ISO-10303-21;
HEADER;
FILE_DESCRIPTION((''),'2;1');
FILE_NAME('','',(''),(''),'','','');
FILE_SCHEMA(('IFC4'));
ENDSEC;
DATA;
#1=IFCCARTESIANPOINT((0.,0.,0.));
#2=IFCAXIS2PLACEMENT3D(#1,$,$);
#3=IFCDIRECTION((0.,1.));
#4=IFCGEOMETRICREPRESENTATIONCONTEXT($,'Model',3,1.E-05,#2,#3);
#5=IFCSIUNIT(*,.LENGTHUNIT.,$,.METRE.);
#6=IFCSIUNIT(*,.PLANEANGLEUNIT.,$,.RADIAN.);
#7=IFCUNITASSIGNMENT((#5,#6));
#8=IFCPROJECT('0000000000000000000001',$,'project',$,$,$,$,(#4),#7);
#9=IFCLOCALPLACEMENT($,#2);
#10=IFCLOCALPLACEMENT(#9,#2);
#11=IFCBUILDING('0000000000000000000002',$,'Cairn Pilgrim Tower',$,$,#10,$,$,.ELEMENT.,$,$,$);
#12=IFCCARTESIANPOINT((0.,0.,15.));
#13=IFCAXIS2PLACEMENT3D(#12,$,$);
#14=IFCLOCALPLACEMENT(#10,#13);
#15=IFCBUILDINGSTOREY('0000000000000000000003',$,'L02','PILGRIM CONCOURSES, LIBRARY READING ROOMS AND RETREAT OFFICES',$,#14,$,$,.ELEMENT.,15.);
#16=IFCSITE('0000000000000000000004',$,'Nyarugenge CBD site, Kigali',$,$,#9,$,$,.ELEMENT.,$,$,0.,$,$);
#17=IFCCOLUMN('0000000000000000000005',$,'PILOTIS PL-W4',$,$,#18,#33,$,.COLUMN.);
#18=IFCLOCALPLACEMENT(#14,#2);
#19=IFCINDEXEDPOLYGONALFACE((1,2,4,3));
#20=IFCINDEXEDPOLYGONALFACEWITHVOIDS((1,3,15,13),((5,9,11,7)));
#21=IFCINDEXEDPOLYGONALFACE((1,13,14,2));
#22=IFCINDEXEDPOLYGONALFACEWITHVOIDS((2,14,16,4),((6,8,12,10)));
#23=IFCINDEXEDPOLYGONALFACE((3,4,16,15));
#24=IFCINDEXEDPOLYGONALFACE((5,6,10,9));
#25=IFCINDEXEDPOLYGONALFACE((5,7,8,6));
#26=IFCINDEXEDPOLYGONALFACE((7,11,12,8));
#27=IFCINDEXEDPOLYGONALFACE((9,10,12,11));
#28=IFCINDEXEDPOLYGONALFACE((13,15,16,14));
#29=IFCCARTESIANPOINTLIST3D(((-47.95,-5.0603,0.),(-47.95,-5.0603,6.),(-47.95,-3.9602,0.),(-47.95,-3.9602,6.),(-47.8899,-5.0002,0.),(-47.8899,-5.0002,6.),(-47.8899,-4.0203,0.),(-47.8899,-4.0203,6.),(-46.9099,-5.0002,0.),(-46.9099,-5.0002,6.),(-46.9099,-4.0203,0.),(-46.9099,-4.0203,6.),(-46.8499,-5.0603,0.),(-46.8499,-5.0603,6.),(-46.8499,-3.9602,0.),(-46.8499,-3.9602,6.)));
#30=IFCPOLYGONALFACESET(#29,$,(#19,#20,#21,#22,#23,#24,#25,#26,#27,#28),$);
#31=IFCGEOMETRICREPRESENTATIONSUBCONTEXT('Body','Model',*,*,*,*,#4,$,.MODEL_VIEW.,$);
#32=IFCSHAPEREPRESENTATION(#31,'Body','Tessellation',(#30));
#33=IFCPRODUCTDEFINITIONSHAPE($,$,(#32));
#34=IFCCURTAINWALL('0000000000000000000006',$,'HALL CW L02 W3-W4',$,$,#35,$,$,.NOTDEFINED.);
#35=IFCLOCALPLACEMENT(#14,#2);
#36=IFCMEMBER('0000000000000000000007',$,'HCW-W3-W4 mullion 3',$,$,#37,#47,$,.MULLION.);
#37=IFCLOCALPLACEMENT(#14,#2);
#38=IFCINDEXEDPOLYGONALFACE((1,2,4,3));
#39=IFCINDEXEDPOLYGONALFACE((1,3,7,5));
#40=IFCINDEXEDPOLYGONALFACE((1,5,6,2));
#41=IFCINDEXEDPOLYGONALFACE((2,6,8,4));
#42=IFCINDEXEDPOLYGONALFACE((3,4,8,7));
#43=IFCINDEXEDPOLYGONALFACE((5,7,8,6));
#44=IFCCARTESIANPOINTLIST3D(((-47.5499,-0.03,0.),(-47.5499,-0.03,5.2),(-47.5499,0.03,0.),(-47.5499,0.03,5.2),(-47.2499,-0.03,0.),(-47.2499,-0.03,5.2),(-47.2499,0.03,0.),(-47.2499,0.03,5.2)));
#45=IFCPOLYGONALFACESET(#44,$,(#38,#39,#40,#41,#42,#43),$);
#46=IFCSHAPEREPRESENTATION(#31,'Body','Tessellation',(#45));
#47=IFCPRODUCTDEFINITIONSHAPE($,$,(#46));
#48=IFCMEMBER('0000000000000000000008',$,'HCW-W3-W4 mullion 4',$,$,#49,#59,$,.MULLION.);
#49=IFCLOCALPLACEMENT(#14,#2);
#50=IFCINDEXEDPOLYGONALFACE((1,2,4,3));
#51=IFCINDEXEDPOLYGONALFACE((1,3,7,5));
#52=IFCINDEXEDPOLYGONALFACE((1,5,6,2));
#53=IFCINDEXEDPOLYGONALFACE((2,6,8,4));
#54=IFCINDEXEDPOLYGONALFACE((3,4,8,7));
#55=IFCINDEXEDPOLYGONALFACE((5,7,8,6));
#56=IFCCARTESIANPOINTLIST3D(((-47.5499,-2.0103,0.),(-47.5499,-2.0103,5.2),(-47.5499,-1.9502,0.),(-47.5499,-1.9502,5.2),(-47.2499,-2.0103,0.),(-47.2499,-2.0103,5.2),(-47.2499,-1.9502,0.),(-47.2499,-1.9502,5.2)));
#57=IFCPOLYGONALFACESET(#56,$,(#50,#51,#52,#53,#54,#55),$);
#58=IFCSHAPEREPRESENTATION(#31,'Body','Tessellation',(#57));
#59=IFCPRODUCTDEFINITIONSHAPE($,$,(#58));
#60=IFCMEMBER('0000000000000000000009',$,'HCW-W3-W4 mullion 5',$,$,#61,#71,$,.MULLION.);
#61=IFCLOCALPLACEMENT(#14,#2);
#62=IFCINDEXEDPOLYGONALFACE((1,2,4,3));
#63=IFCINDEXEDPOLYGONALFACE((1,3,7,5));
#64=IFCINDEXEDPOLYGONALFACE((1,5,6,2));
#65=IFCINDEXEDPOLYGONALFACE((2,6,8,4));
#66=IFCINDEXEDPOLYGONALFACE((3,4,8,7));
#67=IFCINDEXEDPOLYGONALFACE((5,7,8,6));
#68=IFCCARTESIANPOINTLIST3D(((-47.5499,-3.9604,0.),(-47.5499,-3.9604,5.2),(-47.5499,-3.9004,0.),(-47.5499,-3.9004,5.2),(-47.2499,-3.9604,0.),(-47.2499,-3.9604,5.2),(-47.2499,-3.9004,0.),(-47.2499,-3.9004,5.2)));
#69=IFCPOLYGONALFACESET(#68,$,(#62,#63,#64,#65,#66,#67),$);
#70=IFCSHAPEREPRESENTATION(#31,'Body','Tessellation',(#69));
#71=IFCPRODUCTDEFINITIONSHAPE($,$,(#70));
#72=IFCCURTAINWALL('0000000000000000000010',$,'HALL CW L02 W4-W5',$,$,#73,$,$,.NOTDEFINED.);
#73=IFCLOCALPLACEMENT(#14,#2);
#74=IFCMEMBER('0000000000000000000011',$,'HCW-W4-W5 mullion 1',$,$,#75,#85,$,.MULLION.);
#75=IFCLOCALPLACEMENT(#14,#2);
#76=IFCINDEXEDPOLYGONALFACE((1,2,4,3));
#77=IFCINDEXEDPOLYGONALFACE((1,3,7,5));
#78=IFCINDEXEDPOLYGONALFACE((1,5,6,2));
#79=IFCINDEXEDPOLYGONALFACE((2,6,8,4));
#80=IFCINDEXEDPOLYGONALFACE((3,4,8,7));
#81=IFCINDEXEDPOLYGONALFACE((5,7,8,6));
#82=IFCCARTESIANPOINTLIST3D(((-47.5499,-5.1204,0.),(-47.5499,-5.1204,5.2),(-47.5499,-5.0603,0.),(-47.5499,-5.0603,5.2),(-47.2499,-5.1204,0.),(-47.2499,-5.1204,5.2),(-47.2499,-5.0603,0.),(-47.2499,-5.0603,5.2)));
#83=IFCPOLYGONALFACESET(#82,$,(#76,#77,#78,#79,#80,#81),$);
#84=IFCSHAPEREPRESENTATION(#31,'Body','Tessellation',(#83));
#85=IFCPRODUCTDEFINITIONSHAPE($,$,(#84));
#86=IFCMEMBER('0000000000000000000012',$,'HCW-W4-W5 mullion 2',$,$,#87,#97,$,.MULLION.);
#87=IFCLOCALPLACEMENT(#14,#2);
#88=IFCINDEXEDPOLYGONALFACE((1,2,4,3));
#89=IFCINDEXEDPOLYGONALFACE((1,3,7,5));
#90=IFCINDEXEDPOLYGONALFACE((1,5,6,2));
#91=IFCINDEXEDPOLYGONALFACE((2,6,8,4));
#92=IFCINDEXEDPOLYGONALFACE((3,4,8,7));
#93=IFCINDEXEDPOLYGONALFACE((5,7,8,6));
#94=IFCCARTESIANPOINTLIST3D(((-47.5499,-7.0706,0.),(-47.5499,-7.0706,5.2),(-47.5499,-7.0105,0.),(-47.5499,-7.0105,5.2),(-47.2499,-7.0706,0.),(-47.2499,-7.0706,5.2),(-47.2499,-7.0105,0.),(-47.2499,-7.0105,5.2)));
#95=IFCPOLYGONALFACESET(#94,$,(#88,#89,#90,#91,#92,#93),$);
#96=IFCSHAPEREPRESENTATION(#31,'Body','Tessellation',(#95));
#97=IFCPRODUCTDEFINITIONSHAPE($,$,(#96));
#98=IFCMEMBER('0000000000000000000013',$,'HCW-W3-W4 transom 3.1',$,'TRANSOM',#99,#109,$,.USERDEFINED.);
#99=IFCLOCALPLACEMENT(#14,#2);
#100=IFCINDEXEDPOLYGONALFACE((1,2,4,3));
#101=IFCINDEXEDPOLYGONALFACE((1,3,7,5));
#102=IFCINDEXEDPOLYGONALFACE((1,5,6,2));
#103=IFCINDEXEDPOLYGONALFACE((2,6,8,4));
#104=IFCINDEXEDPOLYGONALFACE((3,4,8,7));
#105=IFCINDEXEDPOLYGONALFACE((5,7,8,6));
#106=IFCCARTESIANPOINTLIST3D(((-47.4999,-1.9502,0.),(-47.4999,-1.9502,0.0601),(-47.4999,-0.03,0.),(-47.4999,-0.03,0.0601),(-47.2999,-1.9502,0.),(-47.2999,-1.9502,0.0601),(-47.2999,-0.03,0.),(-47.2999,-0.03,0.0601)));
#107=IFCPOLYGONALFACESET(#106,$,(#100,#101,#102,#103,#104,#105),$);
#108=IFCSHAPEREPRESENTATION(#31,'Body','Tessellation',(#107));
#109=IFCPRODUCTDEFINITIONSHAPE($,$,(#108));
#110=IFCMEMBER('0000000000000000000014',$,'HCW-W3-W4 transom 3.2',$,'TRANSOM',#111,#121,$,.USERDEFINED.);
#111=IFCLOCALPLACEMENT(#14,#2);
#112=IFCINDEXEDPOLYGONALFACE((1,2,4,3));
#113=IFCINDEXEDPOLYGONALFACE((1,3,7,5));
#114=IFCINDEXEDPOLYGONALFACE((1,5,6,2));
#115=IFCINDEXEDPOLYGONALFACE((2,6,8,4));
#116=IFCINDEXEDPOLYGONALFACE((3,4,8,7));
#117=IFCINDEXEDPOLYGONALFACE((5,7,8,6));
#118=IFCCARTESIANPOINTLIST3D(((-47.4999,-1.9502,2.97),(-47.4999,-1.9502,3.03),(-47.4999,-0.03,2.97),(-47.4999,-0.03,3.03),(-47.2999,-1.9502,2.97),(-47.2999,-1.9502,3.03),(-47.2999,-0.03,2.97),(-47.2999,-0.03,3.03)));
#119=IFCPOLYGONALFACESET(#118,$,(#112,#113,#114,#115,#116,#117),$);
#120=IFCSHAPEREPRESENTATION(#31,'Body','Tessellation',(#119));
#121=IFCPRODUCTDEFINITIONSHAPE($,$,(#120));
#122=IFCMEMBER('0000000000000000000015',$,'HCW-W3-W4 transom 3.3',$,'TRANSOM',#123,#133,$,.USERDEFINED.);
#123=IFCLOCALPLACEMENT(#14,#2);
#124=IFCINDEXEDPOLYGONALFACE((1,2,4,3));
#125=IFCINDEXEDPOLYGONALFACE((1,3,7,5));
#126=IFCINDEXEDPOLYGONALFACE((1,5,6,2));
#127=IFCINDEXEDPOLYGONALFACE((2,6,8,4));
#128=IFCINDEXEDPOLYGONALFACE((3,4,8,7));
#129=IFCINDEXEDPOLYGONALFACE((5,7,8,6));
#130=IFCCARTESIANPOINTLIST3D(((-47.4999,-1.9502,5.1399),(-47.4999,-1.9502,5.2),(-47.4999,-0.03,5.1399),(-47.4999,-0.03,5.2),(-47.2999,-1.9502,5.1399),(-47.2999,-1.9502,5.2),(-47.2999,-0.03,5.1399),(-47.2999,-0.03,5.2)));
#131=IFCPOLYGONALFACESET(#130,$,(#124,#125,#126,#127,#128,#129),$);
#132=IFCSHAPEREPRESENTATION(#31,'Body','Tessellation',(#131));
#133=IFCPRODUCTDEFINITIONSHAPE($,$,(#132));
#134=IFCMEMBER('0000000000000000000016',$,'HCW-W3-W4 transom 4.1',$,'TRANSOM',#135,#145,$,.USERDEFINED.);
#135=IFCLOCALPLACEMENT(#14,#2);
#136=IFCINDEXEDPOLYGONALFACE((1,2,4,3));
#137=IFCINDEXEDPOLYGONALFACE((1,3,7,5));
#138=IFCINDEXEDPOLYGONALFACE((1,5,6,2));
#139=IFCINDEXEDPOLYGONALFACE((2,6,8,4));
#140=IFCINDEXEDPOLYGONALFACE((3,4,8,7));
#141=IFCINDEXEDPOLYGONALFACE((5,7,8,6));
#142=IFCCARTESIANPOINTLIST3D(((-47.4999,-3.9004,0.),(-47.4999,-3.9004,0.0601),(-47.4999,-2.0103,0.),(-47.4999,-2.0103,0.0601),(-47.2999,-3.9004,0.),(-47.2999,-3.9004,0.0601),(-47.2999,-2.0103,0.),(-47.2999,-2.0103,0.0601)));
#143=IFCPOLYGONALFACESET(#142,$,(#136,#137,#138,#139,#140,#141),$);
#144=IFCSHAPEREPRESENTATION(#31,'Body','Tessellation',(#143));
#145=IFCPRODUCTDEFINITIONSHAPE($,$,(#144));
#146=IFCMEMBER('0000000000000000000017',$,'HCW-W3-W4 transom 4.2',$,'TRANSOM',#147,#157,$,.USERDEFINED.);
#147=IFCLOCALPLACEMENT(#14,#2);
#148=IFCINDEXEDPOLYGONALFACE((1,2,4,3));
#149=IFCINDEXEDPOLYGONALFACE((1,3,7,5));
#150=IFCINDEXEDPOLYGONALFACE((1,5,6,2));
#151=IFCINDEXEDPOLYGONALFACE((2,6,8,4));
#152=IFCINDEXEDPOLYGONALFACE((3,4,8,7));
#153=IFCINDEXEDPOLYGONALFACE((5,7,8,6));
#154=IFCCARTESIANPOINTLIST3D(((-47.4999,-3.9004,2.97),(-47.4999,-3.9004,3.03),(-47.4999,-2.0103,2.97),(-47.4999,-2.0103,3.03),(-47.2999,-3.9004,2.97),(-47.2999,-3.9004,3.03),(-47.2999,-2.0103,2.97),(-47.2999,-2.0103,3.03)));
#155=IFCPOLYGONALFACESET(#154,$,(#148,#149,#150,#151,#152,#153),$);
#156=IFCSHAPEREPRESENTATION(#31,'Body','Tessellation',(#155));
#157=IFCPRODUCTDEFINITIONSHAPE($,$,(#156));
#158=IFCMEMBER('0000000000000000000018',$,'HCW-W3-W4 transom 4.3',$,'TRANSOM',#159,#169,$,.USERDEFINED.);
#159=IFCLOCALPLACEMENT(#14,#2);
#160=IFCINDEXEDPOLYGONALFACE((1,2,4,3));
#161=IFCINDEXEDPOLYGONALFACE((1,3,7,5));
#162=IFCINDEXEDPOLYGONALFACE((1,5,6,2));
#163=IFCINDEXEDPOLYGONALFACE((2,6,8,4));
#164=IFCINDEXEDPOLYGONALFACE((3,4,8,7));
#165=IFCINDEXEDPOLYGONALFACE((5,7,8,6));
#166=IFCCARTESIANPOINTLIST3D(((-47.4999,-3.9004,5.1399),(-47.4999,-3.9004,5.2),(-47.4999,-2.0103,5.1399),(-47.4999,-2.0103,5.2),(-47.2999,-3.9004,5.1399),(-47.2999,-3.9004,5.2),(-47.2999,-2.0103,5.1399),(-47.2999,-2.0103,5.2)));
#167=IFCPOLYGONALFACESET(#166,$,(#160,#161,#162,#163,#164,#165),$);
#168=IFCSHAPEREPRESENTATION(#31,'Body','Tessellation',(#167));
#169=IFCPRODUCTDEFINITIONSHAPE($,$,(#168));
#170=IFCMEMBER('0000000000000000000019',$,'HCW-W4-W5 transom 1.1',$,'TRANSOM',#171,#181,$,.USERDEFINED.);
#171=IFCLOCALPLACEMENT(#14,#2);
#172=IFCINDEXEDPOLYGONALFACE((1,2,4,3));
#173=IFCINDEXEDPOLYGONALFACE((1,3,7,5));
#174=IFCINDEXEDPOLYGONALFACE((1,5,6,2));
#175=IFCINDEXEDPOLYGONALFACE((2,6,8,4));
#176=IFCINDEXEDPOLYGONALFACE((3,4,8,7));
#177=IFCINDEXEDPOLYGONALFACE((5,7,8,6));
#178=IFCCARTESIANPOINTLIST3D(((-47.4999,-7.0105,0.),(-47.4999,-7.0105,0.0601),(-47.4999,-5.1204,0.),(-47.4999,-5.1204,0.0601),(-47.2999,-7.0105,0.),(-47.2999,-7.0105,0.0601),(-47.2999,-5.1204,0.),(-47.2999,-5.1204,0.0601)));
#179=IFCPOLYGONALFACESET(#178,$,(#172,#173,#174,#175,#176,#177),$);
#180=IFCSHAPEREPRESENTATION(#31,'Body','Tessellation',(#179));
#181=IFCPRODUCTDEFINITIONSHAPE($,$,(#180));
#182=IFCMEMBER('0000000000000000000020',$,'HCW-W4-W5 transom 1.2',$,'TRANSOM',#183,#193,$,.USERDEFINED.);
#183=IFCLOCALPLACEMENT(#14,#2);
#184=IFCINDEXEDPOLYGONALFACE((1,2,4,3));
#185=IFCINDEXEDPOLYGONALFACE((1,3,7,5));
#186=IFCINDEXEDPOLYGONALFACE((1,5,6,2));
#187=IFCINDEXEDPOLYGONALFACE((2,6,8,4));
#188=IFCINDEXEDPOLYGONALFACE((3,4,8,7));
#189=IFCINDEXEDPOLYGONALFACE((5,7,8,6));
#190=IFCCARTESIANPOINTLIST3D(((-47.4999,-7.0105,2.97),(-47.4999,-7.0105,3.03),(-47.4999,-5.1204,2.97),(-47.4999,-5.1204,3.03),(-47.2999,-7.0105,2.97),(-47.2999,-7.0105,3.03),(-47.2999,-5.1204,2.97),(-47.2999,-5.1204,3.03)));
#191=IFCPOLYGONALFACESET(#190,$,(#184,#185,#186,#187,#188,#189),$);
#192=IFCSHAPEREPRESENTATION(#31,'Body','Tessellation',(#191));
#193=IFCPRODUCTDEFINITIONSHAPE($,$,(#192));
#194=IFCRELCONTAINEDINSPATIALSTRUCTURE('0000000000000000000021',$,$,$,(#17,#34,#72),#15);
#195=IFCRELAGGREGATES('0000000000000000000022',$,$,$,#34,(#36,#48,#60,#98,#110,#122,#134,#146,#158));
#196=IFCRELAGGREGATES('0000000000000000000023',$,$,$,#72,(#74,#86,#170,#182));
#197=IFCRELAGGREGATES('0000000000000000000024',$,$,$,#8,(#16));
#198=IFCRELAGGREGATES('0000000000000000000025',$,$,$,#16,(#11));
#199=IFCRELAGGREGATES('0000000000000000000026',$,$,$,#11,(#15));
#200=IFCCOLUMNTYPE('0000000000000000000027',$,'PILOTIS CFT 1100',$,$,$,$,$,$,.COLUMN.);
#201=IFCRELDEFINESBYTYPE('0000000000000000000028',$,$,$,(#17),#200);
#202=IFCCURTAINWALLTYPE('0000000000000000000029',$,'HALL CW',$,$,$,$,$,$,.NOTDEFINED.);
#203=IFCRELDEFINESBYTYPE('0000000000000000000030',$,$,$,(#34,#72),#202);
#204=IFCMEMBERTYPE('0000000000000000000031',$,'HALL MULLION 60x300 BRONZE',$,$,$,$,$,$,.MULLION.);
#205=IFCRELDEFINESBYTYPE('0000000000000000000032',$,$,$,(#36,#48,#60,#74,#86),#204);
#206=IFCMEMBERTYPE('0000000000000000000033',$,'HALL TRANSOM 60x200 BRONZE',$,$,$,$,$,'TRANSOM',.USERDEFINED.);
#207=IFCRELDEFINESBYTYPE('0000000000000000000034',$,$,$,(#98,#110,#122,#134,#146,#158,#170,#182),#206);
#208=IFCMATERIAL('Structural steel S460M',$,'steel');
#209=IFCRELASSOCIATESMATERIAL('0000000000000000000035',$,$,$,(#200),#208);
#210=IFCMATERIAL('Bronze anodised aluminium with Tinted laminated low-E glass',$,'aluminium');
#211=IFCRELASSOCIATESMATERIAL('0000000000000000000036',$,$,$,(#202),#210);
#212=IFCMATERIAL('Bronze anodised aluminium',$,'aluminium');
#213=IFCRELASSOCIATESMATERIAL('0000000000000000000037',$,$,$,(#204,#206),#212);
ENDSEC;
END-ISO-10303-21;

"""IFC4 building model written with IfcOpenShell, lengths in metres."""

from ifc_helpers import new_model, si_unit, direction, frame, origin, origin_2d, place, context, subcontext, project, spatial, rectangle, hollow_rectangle, extrude, material, material_profile, profile_set, type_object, element, aggregate, save


model = new_model("IFC4")

# Units and contexts
model_context = context("Model", 3, precision=1e-05, world=origin(), true_north=direction((0.0, 1.0)))
body_context = subcontext(model_context, "Body", "Model", "MODEL_VIEW")
ifc_project = project(units=[si_unit("LENGTHUNIT", "METRE"), si_unit("PLANEANGLEUNIT", "RADIAN")], contexts=[model_context])

# Site, building, storey
site_placement = place(None, origin())
site = spatial("IfcSite", under=ifc_project, at=site_placement, Name="Nyarugenge CBD site, Kigali", CompositionType="ELEMENT", RefElevation=0.0)
building_placement = place(site_placement, origin())
building = spatial("IfcBuilding", under=site, at=building_placement, Name="Cairn Pilgrim Tower", CompositionType="ELEMENT")
storey_placement = place(building_placement, frame((0.0, 0.0, 15.0)))
storey = spatial("IfcBuildingStorey", under=building, at=storey_placement, Name="L02", Description="PILGRIM CONCOURSES, LIBRARY READING ROOMS AND RETREAT OFFICES", CompositionType="ELEMENT", Elevation=15.0)

# Column
ifc_material_1 = material(Name="Structural steel S460M", Category="steel")
ifc_material_profile_1 = material_profile(ifc_material_1, hollow_rectangle(XDim=1.1001, YDim=1.1001, WallThickness=0.0601, at=origin_2d()), Name="BOX 1100x1100x60")
ifc_profile_set_1 = profile_set([ifc_material_profile_1], Name="Structural steel S460M")
column_type = type_object("IfcColumnType", Name="PILOTIS CFT 1100", PredefinedType="COLUMN", material=ifc_profile_set_1)
column_placement = place(storey_placement, frame((-47.3999, -4.5103, 0.0), z_axis=(0.0, 0.0, 1.0), x_axis=(1.0, 0.0, 0.0)))
element("IfcColumn", 1, at=column_placement, inside=storey, type_object=column_type, Name="PILOTIS PL-W4", PredefinedType="COLUMN", context=body_context, shape_type="SweptSolid", body=[
    extrude(hollow_rectangle(XDim=1.1001, YDim=1.1001, WallThickness=0.0601, at=origin_2d()), origin(), (0.0, 0.0, 1.0), 6.0),
])

# Curtain walls, members
ifc_material_2 = material(Name="Bronze anodised aluminium with Tinted laminated low-E glass", Category="aluminium")
curtain_wall_type = type_object("IfcCurtainWallType", Name="HALL CW", PredefinedType="NOTDEFINED", material=ifc_material_2)
curtain_wall_1_placement = place(storey_placement, origin())
curtain_wall_1 = element("IfcCurtainWall", 2, at=curtain_wall_1_placement, inside=storey, type_object=curtain_wall_type, Name="HALL CW L02 W3-W4", PredefinedType="NOTDEFINED")
ifc_material_3 = material(Name="Bronze anodised aluminium", Category="aluminium")
ifc_material_profile_2 = material_profile(ifc_material_3, rectangle(XDim=0.3, YDim=0.0601, at=origin_2d()), Name="HALL MULLION 60x300 BRONZE")
ifc_profile_set_2 = profile_set([ifc_material_profile_2], Name="Bronze anodised aluminium")
member_type_1 = type_object("IfcMemberType", Name="HALL MULLION 60x300 BRONZE", PredefinedType="MULLION", material=ifc_profile_set_2)
member_1_placement = place(storey_placement, frame((-47.3999, 0.0, 0.0), z_axis=(0.0, 0.0, 1.0), x_axis=(1.0, 0.0, 0.0)))
member_1 = element("IfcMember", 3, at=member_1_placement, type_object=member_type_1, Name="HCW-W3-W4 mullion 3", PredefinedType="MULLION", context=body_context, shape_type="SweptSolid", body=[
    extrude(rectangle(XDim=0.3, YDim=0.0601, at=origin_2d()), origin(), (0.0, 0.0, 1.0), 5.2),
])
member_2_placement = place(storey_placement, frame((-47.3999, -1.9802, 0.0), z_axis=(0.0, 0.0, 1.0), x_axis=(1.0, 0.0, 0.0)))
member_2 = element("IfcMember", 4, at=member_2_placement, type_object=member_type_1, Name="HCW-W3-W4 mullion 4", PredefinedType="MULLION", context=body_context, shape_type="SweptSolid", body=[
    extrude(rectangle(XDim=0.3, YDim=0.0601, at=origin_2d()), origin(), (0.0, 0.0, 1.0), 5.2),
])
member_3_placement = place(storey_placement, frame((-47.3999, -3.9304, 0.0), z_axis=(0.0, 0.0, 1.0), x_axis=(1.0, 0.0, 0.0)))
member_3 = element("IfcMember", 5, at=member_3_placement, type_object=member_type_1, Name="HCW-W3-W4 mullion 5", PredefinedType="MULLION", context=body_context, shape_type="SweptSolid", body=[
    extrude(rectangle(XDim=0.3, YDim=0.0601, at=origin_2d()), origin(), (0.0, 0.0, 1.0), 5.2),
])
curtain_wall_2_placement = place(storey_placement, origin())
curtain_wall_2 = element("IfcCurtainWall", 6, at=curtain_wall_2_placement, inside=storey, type_object=curtain_wall_type, Name="HALL CW L02 W4-W5", PredefinedType="NOTDEFINED")
member_4_placement = place(storey_placement, frame((-47.3999, -5.0903, 0.0), z_axis=(0.0, 0.0, 1.0), x_axis=(1.0, 0.0, 0.0)))
member_4 = element("IfcMember", 7, at=member_4_placement, type_object=member_type_1, Name="HCW-W4-W5 mullion 1", PredefinedType="MULLION", context=body_context, shape_type="SweptSolid", body=[
    extrude(rectangle(XDim=0.3, YDim=0.0601, at=origin_2d()), origin(), (0.0, 0.0, 1.0), 5.2),
])
member_5_placement = place(storey_placement, frame((-47.3999, -7.0405, 0.0), z_axis=(0.0, 0.0, 1.0), x_axis=(1.0, 0.0, 0.0)))
member_5 = element("IfcMember", 8, at=member_5_placement, type_object=member_type_1, Name="HCW-W4-W5 mullion 2", PredefinedType="MULLION", context=body_context, shape_type="SweptSolid", body=[
    extrude(rectangle(XDim=0.3, YDim=0.0601, at=origin_2d()), origin(), (0.0, 0.0, 1.0), 5.2),
])

# Members
ifc_material_profile_3 = material_profile(ifc_material_3, rectangle(XDim=0.2, YDim=0.0601, at=origin_2d()), Name="HALL TRANSOM 60x200 BRONZE")
ifc_profile_set_3 = profile_set([ifc_material_profile_3], Name="Bronze anodised aluminium")
member_type_2 = type_object("IfcMemberType", Name="HALL TRANSOM 60x200 BRONZE", ElementType="TRANSOM", PredefinedType="USERDEFINED", material=ifc_profile_set_3)
member_6_placement = place(storey_placement, frame((-47.3999, -0.03, 0.03), z_axis=(0.0, -1.0, 0.0), x_axis=(1.0, 0.0, 0.0)))
member_6 = element("IfcMember", 9, at=member_6_placement, type_object=member_type_2, Name="HCW-W3-W4 transom 3.1", ObjectType="TRANSOM", PredefinedType="USERDEFINED", context=body_context, shape_type="SweptSolid", body=[
    extrude(rectangle(XDim=0.2, YDim=0.0601, at=origin_2d()), origin(), (0.0, 0.0, 1.0), 1.9202),
])
member_7_placement = place(storey_placement, frame((-47.3999, -0.03, 3.0), z_axis=(0.0, -1.0, 0.0), x_axis=(1.0, 0.0, 0.0)))
member_7 = element("IfcMember", 10, at=member_7_placement, type_object=member_type_2, Name="HCW-W3-W4 transom 3.2", ObjectType="TRANSOM", PredefinedType="USERDEFINED", context=body_context, shape_type="SweptSolid", body=[
    extrude(rectangle(XDim=0.2, YDim=0.0601, at=origin_2d()), origin(), (0.0, 0.0, 1.0), 1.9202),
])
member_8_placement = place(storey_placement, frame((-47.3999, -0.03, 5.1699), z_axis=(0.0, -1.0, 0.0), x_axis=(1.0, 0.0, 0.0)))
member_8 = element("IfcMember", 11, at=member_8_placement, type_object=member_type_2, Name="HCW-W3-W4 transom 3.3", ObjectType="TRANSOM", PredefinedType="USERDEFINED", context=body_context, shape_type="SweptSolid", body=[
    extrude(rectangle(XDim=0.2, YDim=0.0601, at=origin_2d()), origin(), (0.0, 0.0, 1.0), 1.9202),
])
member_9_placement = place(storey_placement, frame((-47.3999, -2.0103, 0.03), z_axis=(0.0, -1.0, 0.0), x_axis=(1.0, 0.0, 0.0)))
member_9 = element("IfcMember", 12, at=member_9_placement, type_object=member_type_2, Name="HCW-W3-W4 transom 4.1", ObjectType="TRANSOM", PredefinedType="USERDEFINED", context=body_context, shape_type="SweptSolid", body=[
    extrude(rectangle(XDim=0.2, YDim=0.0601, at=origin_2d()), origin(), (0.0, 0.0, 1.0), 1.8901),
])
member_10_placement = place(storey_placement, frame((-47.3999, -2.0103, 3.0), z_axis=(0.0, -1.0, 0.0), x_axis=(1.0, 0.0, 0.0)))
member_10 = element("IfcMember", 13, at=member_10_placement, type_object=member_type_2, Name="HCW-W3-W4 transom 4.2", ObjectType="TRANSOM", PredefinedType="USERDEFINED", context=body_context, shape_type="SweptSolid", body=[
    extrude(rectangle(XDim=0.2, YDim=0.0601, at=origin_2d()), origin(), (0.0, 0.0, 1.0), 1.8901),
])
member_11_placement = place(storey_placement, frame((-47.3999, -2.0103, 5.1699), z_axis=(0.0, -1.0, 0.0), x_axis=(1.0, 0.0, 0.0)))
member_11 = element("IfcMember", 14, at=member_11_placement, type_object=member_type_2, Name="HCW-W3-W4 transom 4.3", ObjectType="TRANSOM", PredefinedType="USERDEFINED", context=body_context, shape_type="SweptSolid", body=[
    extrude(rectangle(XDim=0.2, YDim=0.0601, at=origin_2d()), origin(), (0.0, 0.0, 1.0), 1.8901),
])
member_12_placement = place(storey_placement, frame((-47.3999, -5.1204, 0.03), z_axis=(0.0, -1.0, 0.0), x_axis=(1.0, 0.0, 0.0)))
member_12 = element("IfcMember", 15, at=member_12_placement, type_object=member_type_2, Name="HCW-W4-W5 transom 1.1", ObjectType="TRANSOM", PredefinedType="USERDEFINED", context=body_context, shape_type="SweptSolid", body=[
    extrude(rectangle(XDim=0.2, YDim=0.0601, at=origin_2d()), origin(), (0.0, 0.0, 1.0), 1.8901),
])
member_13_placement = place(storey_placement, frame((-47.3999, -5.1204, 3.0), z_axis=(0.0, -1.0, 0.0), x_axis=(1.0, 0.0, 0.0)))
member_13 = element("IfcMember", 16, at=member_13_placement, type_object=member_type_2, Name="HCW-W4-W5 transom 1.2", ObjectType="TRANSOM", PredefinedType="USERDEFINED", context=body_context, shape_type="SweptSolid", body=[
    extrude(rectangle(XDim=0.2, YDim=0.0601, at=origin_2d()), origin(), (0.0, 0.0, 1.0), 1.8901),
])

aggregate(curtain_wall_1, [member_1, member_2, member_3, member_6, member_7, member_8, member_9, member_10, member_11])
aggregate(curtain_wall_2, [member_4, member_5, member_12, member_13])

save(model, "model.ifc")
